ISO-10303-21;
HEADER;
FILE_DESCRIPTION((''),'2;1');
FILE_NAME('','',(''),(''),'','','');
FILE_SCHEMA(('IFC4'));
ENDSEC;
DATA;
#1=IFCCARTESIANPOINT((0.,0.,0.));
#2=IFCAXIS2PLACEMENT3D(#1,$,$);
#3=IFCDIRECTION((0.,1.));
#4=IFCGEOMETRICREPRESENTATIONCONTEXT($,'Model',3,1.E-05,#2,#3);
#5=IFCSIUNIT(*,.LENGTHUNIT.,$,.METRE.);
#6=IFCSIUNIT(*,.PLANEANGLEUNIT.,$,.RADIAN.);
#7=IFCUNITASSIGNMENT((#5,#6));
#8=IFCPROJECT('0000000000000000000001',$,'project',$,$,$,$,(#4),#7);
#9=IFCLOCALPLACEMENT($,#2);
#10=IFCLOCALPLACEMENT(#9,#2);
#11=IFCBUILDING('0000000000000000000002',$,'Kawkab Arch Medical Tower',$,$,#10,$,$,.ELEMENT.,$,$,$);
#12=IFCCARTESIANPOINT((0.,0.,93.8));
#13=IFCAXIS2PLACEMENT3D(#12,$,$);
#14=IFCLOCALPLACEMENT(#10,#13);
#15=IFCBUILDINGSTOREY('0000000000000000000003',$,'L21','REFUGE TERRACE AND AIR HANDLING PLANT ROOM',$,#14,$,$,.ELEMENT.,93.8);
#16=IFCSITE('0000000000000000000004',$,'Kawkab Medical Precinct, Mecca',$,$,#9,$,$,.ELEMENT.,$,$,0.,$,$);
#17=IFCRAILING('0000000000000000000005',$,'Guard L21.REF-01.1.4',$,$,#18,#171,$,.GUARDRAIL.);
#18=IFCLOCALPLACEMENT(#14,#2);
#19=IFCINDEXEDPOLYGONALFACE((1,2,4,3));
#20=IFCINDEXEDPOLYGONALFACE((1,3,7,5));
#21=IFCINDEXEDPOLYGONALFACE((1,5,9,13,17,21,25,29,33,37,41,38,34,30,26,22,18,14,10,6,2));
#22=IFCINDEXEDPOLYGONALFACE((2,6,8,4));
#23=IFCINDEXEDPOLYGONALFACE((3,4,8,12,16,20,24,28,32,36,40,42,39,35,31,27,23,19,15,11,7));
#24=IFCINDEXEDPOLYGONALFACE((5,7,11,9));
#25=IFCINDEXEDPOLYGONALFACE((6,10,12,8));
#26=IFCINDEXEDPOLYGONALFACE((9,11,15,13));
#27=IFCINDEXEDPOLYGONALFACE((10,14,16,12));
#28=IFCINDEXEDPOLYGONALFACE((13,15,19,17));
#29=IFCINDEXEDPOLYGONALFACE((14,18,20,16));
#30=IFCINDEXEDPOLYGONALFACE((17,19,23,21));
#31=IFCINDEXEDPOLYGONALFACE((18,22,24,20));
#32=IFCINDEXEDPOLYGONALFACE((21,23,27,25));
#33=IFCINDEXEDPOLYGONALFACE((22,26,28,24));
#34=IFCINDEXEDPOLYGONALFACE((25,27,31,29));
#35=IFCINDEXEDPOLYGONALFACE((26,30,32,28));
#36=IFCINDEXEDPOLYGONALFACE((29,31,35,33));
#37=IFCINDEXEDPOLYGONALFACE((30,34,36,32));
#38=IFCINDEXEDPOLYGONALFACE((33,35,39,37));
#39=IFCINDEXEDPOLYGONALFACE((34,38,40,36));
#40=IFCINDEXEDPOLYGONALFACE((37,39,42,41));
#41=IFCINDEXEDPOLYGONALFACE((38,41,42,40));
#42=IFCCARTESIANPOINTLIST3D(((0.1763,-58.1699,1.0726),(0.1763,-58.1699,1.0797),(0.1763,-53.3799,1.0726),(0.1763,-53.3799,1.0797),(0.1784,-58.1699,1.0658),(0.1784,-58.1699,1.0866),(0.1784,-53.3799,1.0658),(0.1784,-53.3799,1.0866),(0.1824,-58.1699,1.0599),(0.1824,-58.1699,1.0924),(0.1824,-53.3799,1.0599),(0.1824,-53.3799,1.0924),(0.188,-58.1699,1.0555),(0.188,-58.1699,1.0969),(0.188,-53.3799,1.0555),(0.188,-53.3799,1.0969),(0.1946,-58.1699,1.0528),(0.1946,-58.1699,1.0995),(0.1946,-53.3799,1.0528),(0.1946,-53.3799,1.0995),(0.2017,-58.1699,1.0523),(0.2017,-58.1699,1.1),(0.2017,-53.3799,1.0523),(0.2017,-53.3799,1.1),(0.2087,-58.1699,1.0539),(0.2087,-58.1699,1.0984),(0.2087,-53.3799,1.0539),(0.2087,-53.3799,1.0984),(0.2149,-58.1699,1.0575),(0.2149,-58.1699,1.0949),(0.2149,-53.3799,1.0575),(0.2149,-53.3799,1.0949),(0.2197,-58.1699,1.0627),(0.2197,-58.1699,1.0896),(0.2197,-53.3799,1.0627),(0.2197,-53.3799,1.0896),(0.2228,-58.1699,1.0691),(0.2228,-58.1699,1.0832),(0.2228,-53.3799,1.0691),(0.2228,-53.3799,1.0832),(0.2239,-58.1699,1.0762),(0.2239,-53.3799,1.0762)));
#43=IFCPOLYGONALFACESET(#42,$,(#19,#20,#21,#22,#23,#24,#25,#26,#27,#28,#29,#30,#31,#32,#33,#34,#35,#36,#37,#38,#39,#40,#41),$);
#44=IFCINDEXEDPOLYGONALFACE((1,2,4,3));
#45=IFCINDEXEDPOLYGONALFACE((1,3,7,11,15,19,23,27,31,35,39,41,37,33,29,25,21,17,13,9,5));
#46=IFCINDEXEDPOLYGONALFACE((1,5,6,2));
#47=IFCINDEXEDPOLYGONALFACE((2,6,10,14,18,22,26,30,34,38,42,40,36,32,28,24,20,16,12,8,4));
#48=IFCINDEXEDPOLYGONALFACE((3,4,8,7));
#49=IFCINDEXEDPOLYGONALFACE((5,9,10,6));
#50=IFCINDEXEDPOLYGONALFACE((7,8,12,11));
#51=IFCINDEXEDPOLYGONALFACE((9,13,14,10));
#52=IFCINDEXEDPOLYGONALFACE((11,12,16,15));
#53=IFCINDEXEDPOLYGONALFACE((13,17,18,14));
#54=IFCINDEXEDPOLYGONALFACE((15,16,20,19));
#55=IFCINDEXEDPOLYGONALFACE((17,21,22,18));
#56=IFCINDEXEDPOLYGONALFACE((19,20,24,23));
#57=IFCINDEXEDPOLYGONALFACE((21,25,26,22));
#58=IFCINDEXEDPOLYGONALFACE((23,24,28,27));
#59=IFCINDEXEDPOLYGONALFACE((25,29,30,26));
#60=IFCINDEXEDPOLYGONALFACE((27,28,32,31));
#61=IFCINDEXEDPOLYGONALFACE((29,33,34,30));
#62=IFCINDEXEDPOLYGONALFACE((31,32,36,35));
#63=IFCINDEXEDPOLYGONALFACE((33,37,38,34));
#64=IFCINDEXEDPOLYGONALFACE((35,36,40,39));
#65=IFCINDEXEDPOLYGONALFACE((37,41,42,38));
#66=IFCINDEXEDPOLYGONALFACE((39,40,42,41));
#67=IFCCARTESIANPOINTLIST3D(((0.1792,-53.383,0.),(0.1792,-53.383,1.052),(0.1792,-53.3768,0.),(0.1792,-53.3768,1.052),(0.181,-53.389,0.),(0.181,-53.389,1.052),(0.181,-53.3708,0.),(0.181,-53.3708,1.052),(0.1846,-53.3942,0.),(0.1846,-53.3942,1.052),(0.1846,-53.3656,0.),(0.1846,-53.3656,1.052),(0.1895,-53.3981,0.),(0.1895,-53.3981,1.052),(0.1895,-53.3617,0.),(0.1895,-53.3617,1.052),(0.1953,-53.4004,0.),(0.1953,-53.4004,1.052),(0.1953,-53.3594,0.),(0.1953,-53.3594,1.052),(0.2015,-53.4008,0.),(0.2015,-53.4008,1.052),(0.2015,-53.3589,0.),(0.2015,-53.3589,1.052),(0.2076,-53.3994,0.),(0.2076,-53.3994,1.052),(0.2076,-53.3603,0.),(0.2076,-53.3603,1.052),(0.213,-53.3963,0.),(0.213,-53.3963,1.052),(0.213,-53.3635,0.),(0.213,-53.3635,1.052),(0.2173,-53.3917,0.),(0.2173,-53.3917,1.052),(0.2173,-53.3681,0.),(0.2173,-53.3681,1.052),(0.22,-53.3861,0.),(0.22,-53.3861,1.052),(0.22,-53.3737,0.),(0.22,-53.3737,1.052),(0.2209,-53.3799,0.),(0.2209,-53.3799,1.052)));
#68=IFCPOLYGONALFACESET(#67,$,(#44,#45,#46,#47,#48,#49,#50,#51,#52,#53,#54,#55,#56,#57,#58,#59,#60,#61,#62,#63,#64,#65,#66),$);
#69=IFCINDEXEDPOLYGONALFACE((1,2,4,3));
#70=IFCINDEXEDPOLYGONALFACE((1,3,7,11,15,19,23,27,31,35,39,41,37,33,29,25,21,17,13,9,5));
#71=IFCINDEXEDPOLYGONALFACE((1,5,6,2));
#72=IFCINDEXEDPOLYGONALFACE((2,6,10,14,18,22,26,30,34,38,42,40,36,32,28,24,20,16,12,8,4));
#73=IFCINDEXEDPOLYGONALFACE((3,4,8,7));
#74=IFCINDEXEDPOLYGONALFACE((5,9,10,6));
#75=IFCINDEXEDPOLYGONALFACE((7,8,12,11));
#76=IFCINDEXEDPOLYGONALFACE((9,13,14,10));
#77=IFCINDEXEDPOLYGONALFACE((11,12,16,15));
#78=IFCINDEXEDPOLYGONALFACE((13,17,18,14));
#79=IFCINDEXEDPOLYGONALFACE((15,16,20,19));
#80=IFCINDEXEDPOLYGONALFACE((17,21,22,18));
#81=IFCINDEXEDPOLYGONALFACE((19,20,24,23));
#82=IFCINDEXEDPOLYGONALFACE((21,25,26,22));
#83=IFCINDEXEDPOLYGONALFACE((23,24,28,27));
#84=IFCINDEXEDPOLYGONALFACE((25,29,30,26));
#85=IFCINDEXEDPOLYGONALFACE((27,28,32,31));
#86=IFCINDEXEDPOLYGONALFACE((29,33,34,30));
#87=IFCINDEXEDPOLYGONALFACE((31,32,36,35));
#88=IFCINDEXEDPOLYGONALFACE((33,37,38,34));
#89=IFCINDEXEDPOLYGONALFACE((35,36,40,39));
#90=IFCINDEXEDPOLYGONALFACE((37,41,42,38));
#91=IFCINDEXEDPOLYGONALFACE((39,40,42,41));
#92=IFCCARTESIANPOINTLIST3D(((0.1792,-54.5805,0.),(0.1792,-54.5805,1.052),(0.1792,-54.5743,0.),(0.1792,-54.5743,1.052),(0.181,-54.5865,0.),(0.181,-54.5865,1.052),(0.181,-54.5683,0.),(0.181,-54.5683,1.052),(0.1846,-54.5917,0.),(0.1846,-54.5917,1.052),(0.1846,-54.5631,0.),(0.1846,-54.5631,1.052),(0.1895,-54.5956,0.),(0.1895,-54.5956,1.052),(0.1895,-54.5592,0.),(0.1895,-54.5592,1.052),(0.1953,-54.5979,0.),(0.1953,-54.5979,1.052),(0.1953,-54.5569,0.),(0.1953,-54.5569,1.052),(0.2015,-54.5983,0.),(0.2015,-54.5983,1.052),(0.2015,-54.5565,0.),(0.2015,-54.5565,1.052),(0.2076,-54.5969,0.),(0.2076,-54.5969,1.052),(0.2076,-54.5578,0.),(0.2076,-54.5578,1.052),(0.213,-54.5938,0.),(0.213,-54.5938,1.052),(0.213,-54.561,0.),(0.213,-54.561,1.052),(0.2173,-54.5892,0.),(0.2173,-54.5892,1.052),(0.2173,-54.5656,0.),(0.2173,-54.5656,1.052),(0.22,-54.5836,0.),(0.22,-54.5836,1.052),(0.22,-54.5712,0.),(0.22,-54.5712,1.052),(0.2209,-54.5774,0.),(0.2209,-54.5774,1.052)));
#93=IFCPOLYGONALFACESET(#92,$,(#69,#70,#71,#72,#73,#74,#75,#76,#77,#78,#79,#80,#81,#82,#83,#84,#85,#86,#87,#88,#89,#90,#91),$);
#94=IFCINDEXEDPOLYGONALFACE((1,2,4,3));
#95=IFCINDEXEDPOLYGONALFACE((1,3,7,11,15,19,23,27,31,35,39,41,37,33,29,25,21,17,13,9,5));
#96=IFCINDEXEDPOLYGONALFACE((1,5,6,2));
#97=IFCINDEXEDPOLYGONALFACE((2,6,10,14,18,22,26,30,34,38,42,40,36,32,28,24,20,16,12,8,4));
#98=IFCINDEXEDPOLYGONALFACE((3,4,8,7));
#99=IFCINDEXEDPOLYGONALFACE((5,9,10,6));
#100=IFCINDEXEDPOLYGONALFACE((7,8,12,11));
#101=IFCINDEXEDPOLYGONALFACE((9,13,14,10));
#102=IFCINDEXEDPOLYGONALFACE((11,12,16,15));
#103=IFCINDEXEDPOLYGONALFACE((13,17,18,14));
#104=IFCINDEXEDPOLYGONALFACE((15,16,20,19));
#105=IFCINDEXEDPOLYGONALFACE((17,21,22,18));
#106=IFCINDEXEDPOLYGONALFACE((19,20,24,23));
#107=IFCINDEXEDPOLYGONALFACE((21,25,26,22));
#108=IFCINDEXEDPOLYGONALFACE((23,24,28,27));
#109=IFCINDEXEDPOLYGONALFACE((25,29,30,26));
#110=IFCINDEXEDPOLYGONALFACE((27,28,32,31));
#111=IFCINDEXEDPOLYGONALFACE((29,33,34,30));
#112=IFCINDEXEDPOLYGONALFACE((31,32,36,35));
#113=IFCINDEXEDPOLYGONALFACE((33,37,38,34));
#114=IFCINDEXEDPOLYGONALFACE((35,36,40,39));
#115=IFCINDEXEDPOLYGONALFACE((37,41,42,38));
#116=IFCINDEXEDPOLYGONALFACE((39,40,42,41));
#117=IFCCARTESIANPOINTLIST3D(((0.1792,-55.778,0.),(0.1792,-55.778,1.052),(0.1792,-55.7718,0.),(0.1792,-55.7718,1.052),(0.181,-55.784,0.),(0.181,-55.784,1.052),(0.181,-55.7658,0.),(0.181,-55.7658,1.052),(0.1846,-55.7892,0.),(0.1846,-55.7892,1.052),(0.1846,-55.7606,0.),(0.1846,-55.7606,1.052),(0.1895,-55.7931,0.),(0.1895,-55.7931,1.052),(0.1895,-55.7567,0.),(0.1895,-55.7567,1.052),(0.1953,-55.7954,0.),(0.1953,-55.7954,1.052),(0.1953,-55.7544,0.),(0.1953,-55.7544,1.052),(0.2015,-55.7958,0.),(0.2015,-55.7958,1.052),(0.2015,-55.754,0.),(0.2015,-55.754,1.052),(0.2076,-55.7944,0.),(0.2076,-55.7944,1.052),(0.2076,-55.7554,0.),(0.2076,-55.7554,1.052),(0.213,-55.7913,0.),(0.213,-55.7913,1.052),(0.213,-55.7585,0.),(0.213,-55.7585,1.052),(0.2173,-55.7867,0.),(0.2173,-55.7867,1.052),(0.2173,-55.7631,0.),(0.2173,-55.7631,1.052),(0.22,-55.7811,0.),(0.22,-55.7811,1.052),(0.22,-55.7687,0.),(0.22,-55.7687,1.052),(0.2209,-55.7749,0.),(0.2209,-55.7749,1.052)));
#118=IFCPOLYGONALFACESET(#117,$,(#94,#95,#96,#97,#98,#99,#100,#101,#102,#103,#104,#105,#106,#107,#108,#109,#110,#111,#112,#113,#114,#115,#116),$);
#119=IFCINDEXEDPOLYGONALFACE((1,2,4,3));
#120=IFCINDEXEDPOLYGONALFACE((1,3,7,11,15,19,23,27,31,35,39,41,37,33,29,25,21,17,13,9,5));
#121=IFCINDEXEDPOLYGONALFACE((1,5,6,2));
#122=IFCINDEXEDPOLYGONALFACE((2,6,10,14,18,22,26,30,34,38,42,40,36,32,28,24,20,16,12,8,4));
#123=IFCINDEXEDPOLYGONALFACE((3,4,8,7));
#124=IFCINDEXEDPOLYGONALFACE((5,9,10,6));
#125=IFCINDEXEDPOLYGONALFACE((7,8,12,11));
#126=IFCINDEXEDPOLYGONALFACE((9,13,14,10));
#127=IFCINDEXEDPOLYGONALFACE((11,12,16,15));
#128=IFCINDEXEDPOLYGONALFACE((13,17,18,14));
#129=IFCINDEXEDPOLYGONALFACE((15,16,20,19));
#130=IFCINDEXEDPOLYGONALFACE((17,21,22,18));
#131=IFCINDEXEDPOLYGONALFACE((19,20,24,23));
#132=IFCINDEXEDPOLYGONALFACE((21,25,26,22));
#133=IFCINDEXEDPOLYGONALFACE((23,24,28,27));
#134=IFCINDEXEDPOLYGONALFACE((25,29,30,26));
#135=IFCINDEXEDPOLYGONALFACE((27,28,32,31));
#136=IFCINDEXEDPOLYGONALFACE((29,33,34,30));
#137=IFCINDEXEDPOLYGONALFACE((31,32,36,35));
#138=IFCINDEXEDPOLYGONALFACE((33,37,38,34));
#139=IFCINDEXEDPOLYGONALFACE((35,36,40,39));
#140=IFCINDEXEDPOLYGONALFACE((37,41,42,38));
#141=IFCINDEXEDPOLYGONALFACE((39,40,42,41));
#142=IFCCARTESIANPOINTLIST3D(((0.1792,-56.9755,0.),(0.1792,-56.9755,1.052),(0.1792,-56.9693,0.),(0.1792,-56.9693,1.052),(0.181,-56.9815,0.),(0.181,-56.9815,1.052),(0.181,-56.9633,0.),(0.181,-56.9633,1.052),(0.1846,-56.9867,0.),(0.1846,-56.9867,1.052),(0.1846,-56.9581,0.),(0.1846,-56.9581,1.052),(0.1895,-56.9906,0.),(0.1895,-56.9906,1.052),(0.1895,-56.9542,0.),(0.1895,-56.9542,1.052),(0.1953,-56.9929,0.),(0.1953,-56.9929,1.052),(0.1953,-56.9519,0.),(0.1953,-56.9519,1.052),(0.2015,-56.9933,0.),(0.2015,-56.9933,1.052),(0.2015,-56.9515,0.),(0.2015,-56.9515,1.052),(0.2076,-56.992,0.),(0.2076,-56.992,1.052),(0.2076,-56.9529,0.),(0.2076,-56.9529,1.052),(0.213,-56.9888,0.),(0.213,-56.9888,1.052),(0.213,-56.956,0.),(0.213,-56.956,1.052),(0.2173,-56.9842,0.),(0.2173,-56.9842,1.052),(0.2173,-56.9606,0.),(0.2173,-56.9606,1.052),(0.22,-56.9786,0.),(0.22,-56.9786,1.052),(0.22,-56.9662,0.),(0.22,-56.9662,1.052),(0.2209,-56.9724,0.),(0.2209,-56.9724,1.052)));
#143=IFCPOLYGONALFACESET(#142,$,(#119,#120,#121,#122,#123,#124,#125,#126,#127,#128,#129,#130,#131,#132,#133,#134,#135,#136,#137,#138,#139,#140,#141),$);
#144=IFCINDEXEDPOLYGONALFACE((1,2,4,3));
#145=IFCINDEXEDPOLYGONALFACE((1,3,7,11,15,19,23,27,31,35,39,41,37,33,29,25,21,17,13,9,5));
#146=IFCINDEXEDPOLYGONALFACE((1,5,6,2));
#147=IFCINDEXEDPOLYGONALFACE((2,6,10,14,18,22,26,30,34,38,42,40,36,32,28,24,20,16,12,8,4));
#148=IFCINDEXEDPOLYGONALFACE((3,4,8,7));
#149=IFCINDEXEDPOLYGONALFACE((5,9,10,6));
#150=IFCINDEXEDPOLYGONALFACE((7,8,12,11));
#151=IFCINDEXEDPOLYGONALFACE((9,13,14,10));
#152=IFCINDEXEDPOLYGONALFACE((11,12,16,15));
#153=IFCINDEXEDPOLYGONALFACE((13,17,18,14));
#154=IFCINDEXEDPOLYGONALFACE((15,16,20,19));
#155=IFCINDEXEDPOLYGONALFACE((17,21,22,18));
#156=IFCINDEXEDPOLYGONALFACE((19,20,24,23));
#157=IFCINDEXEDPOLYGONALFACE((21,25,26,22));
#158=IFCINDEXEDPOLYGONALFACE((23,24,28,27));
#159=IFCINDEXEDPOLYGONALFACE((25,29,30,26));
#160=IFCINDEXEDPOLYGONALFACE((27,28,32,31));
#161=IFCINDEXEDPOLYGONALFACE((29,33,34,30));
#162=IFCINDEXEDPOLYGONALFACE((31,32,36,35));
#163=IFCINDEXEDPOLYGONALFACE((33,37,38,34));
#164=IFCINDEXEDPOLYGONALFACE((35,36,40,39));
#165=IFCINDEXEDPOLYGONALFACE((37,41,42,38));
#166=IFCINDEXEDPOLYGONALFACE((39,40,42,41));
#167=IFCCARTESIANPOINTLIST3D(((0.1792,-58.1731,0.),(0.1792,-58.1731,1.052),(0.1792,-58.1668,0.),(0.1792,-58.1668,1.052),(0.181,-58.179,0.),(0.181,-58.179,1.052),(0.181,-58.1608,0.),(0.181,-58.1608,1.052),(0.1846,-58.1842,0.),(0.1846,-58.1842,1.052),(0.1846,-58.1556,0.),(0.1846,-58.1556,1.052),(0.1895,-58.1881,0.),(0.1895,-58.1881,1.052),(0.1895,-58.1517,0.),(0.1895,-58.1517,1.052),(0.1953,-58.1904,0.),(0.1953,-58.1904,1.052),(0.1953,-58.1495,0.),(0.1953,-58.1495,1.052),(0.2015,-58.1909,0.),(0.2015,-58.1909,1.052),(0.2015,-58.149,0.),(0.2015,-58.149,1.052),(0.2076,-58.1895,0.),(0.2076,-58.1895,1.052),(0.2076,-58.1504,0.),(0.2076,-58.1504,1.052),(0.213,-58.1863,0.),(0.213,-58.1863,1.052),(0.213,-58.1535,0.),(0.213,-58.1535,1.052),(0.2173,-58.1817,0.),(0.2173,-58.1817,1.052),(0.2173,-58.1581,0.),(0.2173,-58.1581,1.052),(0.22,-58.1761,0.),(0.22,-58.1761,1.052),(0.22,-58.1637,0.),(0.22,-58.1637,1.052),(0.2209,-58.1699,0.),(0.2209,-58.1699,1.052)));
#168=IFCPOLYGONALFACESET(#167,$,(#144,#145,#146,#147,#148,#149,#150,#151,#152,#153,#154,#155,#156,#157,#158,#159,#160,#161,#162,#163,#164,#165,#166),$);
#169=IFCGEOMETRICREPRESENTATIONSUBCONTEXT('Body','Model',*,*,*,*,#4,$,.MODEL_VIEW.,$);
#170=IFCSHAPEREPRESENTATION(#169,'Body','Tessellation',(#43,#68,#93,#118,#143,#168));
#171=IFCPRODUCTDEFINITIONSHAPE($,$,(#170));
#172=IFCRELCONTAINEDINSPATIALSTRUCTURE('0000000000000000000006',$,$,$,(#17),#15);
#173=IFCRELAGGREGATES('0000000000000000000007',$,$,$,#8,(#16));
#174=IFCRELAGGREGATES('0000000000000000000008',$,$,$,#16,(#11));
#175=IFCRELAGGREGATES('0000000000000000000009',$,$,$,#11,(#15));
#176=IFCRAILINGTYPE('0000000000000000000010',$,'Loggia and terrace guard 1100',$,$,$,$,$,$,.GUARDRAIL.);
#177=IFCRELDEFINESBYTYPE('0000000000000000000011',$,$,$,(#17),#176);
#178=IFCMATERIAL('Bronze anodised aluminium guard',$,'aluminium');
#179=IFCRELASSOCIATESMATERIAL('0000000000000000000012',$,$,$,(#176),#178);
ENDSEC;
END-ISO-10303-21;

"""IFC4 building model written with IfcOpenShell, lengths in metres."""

from ifc_helpers import new_model, si_unit, direction, frame, origin, origin_2d, place, context, subcontext, project, spatial, circle, extrude, material, type_object, element, save


model = new_model("IFC4")

# Units and contexts
model_context = context("Model", 3, precision=1e-05, world=origin(), true_north=direction((0.0, 1.0)))
body_context = subcontext(model_context, "Body", "Model", "MODEL_VIEW")
ifc_project = project(units=[si_unit("LENGTHUNIT", "METRE"), si_unit("PLANEANGLEUNIT", "RADIAN")], contexts=[model_context])

# Site, building, storey
site_placement = place(None, origin())
site = spatial("IfcSite", under=ifc_project, at=site_placement, Name="Kawkab Medical Precinct, Mecca", CompositionType="ELEMENT", RefElevation=0.0)
building_placement = place(site_placement, origin())
building = spatial("IfcBuilding", under=site, at=building_placement, Name="Kawkab Arch Medical Tower", CompositionType="ELEMENT")
storey_placement = place(building_placement, frame((0.0, 0.0, 93.8)))
storey = spatial("IfcBuildingStorey", under=building, at=storey_placement, Name="L21", Description="REFUGE TERRACE AND AIR HANDLING PLANT ROOM", CompositionType="ELEMENT", Elevation=93.8)

# Railing
ifc_material_1 = material(Name="Bronze anodised aluminium guard", Category="aluminium")
railing_type = type_object("IfcRailingType", Name="Loggia and terrace guard 1100", PredefinedType="GUARDRAIL", material=ifc_material_1)
railing_1_placement = place(storey_placement, frame((0.2, -53.3799, 0.0)))
element("IfcRailing", 1, at=railing_1_placement, inside=storey, type_object=railing_type, Name="Guard L21.REF-01.1.4", PredefinedType="GUARDRAIL", context=body_context, shape_type="SweptSolid", body=[
    extrude(circle(Radius=0.0239, at=origin_2d()), frame((0.0, 0.0, 1.0762), z_axis=(0.0, -1.0, 0.0), x_axis=(1.0, 0.0, 0.0)), (0.0, 0.0, 1.0), 4.79),
    extrude(circle(Radius=0.021, at=origin_2d()), origin(), (0.0, 0.0, 1.0), 1.052),
    extrude(circle(Radius=0.021, at=origin_2d()), frame((0.0, -1.1975, 0.0)), (0.0, 0.0, 1.0), 1.052),
    extrude(circle(Radius=0.021, at=origin_2d()), frame((0.0, -2.395, 0.0)), (0.0, 0.0, 1.0), 1.052),
    extrude(circle(Radius=0.021, at=origin_2d()), frame((0.0, -3.5925, 0.0)), (0.0, 0.0, 1.0), 1.052),
    extrude(circle(Radius=0.021, at=origin_2d()), frame((0.0, -4.79, 0.0)), (0.0, 0.0, 1.0), 1.052),
])

save(model, "model.ifc")
